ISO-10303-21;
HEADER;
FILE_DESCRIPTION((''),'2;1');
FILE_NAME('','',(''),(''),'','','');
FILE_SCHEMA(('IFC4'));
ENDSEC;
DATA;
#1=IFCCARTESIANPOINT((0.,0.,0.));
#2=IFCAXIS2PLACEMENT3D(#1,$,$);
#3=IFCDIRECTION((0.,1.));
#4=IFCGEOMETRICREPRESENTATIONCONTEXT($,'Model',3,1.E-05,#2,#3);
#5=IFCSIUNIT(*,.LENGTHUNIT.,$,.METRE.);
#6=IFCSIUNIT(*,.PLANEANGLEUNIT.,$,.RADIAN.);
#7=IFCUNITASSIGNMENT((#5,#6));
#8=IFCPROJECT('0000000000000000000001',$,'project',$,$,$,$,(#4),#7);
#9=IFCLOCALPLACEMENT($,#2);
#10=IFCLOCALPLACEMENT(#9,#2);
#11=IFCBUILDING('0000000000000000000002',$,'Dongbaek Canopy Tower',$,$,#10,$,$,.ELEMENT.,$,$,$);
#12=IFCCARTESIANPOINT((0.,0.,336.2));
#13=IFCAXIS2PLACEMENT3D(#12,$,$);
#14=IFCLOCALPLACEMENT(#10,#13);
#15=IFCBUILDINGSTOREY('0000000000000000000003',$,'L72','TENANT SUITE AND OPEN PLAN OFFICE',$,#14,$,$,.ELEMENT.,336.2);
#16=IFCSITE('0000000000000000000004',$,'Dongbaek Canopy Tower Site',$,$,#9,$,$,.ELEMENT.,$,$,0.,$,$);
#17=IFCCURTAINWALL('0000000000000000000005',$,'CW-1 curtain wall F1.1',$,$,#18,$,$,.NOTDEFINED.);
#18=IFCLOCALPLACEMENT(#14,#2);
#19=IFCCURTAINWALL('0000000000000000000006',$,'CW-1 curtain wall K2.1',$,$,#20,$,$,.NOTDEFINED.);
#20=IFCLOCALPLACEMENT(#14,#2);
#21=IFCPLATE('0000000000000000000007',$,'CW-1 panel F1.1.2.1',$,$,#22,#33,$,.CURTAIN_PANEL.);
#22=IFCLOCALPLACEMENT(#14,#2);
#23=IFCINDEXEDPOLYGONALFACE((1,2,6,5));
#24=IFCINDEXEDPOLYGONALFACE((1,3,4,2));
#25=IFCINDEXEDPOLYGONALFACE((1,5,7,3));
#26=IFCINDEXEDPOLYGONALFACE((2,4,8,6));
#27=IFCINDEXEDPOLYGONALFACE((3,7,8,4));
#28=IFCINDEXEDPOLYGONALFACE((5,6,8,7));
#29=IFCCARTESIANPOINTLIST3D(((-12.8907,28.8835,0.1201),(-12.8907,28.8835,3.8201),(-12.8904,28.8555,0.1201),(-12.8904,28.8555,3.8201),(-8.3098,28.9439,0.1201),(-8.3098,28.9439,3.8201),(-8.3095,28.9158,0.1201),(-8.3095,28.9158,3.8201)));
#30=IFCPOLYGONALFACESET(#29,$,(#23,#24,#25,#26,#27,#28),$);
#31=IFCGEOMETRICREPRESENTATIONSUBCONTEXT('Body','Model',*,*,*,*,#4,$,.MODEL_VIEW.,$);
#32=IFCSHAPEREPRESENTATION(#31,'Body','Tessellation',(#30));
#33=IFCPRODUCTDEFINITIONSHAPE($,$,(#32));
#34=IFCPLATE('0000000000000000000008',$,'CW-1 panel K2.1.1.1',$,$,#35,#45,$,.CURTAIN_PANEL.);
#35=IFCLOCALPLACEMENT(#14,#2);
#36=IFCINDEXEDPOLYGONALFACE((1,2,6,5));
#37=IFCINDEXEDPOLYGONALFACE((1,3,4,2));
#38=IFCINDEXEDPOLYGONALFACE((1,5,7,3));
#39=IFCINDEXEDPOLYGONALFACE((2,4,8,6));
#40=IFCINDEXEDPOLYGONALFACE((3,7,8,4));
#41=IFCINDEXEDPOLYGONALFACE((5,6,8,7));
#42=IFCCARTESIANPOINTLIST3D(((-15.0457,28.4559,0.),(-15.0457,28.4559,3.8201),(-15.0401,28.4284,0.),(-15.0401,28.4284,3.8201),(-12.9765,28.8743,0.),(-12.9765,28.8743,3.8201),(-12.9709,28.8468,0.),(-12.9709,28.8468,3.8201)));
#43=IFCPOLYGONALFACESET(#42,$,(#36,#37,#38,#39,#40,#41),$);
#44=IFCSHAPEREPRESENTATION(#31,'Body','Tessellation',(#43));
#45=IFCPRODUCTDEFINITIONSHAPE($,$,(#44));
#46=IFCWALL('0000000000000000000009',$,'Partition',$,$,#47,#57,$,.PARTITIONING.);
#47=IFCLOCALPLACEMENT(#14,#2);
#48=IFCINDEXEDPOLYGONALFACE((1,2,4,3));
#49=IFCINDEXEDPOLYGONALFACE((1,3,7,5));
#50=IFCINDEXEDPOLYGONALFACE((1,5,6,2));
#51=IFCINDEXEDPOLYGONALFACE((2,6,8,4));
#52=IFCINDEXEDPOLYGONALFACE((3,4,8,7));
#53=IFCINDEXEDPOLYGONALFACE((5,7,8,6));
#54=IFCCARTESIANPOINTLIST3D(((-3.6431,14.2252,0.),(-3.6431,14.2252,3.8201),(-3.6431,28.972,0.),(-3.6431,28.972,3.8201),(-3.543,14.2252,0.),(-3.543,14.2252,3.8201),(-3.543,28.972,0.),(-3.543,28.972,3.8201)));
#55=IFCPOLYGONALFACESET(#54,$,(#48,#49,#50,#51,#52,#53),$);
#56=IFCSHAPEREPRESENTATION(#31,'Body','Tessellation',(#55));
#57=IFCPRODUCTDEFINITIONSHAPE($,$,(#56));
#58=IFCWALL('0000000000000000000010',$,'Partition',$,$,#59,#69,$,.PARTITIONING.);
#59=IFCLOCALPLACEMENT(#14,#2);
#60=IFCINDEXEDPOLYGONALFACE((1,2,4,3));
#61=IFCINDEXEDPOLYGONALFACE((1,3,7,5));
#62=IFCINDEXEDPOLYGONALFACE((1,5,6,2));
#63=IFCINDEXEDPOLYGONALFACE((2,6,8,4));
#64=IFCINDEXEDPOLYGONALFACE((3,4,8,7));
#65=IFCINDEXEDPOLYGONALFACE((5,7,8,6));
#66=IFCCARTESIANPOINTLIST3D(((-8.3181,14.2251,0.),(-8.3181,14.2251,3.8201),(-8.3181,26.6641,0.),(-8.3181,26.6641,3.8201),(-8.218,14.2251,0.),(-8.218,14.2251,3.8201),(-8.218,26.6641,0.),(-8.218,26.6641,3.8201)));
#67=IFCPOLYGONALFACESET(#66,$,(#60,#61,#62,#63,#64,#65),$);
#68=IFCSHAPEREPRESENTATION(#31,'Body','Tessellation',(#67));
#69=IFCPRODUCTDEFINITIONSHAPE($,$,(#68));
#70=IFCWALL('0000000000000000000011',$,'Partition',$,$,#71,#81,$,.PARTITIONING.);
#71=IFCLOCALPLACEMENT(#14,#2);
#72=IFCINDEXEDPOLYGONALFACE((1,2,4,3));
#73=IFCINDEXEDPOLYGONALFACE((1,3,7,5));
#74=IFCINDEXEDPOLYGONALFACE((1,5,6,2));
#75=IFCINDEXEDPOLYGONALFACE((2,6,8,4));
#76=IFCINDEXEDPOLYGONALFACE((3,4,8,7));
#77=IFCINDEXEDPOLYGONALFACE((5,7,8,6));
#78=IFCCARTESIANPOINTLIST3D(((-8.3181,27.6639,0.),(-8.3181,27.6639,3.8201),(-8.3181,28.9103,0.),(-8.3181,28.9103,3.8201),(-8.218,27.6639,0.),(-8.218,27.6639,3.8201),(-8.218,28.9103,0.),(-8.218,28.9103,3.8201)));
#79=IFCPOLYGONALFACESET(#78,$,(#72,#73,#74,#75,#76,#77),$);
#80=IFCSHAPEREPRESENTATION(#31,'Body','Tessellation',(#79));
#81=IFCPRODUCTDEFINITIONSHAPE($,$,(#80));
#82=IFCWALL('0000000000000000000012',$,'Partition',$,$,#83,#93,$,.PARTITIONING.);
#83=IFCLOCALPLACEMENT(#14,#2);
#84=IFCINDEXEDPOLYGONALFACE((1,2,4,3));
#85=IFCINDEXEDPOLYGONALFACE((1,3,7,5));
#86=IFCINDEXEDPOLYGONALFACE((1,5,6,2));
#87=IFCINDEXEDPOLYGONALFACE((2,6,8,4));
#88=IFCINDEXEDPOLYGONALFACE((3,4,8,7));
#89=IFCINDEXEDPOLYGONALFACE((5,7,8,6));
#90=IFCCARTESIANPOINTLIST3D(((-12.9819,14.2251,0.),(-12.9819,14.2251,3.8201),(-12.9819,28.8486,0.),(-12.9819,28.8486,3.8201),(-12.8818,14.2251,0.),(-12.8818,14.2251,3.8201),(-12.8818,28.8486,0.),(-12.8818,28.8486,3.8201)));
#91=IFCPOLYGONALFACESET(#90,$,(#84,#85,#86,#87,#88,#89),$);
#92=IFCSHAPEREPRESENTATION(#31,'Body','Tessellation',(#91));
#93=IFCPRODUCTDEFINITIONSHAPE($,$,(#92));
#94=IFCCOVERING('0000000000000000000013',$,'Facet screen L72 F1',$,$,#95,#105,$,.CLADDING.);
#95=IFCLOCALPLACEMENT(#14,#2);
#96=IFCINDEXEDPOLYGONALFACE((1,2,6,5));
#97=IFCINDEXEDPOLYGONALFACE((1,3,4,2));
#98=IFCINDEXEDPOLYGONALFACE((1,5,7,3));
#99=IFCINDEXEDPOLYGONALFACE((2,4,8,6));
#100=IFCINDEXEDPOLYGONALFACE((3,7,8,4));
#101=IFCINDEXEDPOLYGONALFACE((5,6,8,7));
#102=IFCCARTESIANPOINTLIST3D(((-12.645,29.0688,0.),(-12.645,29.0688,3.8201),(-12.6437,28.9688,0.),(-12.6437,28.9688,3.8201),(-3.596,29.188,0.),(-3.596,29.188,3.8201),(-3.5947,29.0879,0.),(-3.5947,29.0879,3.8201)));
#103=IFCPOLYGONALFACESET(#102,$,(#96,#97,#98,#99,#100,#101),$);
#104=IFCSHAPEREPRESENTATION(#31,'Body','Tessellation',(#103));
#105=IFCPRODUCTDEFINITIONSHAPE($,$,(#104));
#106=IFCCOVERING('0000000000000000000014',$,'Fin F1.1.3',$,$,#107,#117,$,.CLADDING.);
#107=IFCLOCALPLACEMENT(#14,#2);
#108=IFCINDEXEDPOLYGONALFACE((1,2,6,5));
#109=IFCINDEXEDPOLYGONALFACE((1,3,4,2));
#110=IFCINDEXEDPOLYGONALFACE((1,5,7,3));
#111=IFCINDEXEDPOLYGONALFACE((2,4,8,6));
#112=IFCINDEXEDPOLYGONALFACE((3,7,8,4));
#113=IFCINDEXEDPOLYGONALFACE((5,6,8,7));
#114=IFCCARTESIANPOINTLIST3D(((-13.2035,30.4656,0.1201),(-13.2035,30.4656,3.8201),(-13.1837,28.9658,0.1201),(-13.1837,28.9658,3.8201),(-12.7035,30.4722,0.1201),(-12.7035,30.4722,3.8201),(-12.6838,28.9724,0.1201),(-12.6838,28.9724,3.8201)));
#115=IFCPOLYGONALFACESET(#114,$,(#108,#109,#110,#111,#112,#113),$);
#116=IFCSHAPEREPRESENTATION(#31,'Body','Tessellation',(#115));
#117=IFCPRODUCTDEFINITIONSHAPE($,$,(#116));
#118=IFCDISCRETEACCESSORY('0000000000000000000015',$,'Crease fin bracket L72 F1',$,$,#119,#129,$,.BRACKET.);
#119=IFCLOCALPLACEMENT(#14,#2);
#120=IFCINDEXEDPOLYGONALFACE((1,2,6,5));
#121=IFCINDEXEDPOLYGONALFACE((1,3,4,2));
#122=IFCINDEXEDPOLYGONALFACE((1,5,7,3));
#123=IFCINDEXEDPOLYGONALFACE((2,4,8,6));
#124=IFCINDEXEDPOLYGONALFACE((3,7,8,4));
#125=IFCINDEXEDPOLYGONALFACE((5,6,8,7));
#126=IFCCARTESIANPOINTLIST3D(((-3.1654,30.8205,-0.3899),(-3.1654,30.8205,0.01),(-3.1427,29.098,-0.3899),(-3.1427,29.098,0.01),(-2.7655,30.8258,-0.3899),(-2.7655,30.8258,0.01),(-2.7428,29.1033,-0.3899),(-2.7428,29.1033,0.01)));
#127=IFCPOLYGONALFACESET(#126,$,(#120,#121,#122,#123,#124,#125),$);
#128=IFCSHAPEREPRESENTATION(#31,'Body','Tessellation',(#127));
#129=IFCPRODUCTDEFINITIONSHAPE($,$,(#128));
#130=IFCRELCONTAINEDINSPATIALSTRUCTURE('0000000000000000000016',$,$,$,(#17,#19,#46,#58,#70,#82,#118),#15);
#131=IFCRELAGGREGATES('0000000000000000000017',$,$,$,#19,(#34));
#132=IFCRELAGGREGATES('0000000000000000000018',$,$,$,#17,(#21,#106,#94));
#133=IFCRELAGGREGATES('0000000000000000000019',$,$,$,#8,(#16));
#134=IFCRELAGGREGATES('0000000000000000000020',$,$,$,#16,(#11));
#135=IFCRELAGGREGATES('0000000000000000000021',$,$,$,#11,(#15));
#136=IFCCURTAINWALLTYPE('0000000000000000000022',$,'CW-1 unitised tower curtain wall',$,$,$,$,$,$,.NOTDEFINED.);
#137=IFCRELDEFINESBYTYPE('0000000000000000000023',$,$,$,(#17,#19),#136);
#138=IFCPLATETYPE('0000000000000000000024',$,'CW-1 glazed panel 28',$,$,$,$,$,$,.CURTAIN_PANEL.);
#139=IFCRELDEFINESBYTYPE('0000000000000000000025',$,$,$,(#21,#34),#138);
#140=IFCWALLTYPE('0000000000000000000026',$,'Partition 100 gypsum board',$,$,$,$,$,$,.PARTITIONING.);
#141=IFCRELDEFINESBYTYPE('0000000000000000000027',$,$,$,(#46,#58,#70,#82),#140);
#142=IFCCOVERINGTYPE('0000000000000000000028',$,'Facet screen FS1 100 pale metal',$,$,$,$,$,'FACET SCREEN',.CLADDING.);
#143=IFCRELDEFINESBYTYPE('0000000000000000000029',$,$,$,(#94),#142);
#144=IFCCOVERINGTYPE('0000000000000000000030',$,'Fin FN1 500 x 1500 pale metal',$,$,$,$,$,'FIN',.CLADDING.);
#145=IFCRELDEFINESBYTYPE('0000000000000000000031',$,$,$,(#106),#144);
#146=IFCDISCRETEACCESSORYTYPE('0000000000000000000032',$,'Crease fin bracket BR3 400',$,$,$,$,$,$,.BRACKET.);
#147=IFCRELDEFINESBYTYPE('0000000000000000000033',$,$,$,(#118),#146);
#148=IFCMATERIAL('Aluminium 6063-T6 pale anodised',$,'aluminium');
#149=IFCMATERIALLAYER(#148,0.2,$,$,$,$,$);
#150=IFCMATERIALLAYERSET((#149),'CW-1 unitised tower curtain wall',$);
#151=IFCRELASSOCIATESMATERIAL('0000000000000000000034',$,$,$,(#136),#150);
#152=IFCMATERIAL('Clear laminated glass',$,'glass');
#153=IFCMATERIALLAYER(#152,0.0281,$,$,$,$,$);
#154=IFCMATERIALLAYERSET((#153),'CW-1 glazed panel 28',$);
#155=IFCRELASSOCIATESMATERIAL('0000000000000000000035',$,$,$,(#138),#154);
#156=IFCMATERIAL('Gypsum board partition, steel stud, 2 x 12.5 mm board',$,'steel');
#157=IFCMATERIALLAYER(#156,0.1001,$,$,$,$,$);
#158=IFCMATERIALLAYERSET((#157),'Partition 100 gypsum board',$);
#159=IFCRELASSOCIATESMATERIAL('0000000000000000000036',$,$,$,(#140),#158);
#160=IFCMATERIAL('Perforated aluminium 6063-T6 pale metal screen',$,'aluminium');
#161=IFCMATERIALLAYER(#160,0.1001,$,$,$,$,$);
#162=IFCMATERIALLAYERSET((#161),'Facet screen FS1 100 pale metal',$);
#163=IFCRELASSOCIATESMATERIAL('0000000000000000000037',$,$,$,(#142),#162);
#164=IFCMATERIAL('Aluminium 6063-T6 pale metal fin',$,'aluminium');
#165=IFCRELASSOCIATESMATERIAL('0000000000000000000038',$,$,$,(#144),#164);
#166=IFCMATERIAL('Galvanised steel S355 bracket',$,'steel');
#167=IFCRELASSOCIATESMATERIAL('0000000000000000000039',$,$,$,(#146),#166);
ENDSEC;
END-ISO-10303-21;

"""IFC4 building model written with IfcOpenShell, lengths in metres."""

from ifc_helpers import new_model, si_unit, direction, frame, frame_2d, origin, origin_2d, place, context, subcontext, project, spatial, rectangle, extrude, material, layer, layer_set, material_profile, profile_set, type_object, element, aggregate, save


model = new_model("IFC4")

# Units and contexts
model_context = context("Model", 3, precision=1e-05, world=origin(), true_north=direction((0.0, 1.0)))
body_context = subcontext(model_context, "Body", "Model", "MODEL_VIEW")
ifc_project = project(units=[si_unit("LENGTHUNIT", "METRE"), si_unit("PLANEANGLEUNIT", "RADIAN")], contexts=[model_context])

# Site, building, storey
site_placement = place(None, origin())
site = spatial("IfcSite", under=ifc_project, at=site_placement, Name="Dongbaek Canopy Tower Site", CompositionType="ELEMENT", RefElevation=0.0)
building_placement = place(site_placement, origin())
building = spatial("IfcBuilding", under=site, at=building_placement, Name="Dongbaek Canopy Tower", CompositionType="ELEMENT")
storey_placement = place(building_placement, frame((0.0, 0.0, 336.2)))
storey = spatial("IfcBuildingStorey", under=building, at=storey_placement, Name="L72", Description="TENANT SUITE AND OPEN PLAN OFFICE", CompositionType="ELEMENT", Elevation=336.2)

# Curtain wall
ifc_material_1 = material(Name="Aluminium 6063-T6 pale anodised", Category="aluminium")
ifc_layer_1 = layer(ifc_material_1, 0.2)
ifc_layer_set_1 = layer_set([ifc_layer_1], Name="CW-1 unitised tower curtain wall")
curtain_wall_type = type_object("IfcCurtainWallType", Name="CW-1 unitised tower curtain wall", PredefinedType="NOTDEFINED", material=ifc_layer_set_1)
curtain_wall_1_placement = place(storey_placement, origin())
curtain_wall_1 = element("IfcCurtainWall", 1, at=curtain_wall_1_placement, inside=storey, type_object=curtain_wall_type, Name="CW-1 curtain wall F1.1", PredefinedType="NOTDEFINED")

# Curtain wall
curtain_wall_2_placement = place(storey_placement, origin())
curtain_wall_2 = element("IfcCurtainWall", 2, at=curtain_wall_2_placement, inside=storey, type_object=curtain_wall_type, Name="CW-1 curtain wall K2.1", PredefinedType="NOTDEFINED")

# Plates
ifc_material_2 = material(Name="Clear laminated glass", Category="glass")
ifc_layer_2 = layer(ifc_material_2, 0.0281)
ifc_layer_set_2 = layer_set([ifc_layer_2], Name="CW-1 glazed panel 28")
plate_type = type_object("IfcPlateType", Name="CW-1 glazed panel 28", PredefinedType="CURTAIN_PANEL", material=ifc_layer_set_2)
plate_1_placement = place(storey_placement, frame((-10.6001, 28.8997, 0.1201), z_axis=(0.0, 0.0, 1.0), x_axis=(-0.999913, -0.013165, 0.0)))
plate_1 = element("IfcPlate", 3, at=plate_1_placement, type_object=plate_type, Name="CW-1 panel F1.1.2.1", PredefinedType="CURTAIN_PANEL", context=body_context, shape_type="SweptSolid", body=[
    extrude(rectangle(XDim=4.5813, YDim=0.0281, at=origin_2d()), origin(), (0.0, 0.0, 1.0), 3.7),
])
plate_2_placement = place(storey_placement, frame((-14.0083, 28.6514, 0.0), z_axis=(0.0, 0.0, 1.0), x_axis=(-0.980162, -0.198197, 0.0)))
plate_2 = element("IfcPlate", 4, at=plate_2_placement, type_object=plate_type, Name="CW-1 panel K2.1.1.1", PredefinedType="CURTAIN_PANEL", context=body_context, shape_type="SweptSolid", body=[
    extrude(rectangle(XDim=2.1111, YDim=0.0281, at=origin_2d()), origin(), (0.0, 0.0, 1.0), 3.8201),
])
aggregate(curtain_wall_2, [plate_2])

# Walls
ifc_material_3 = material(Name="Gypsum board partition, steel stud, 2 x 12.5 mm board", Category="steel")
ifc_layer_3 = layer(ifc_material_3, 0.1001)
ifc_layer_set_3 = layer_set([ifc_layer_3], Name="Partition 100 gypsum board")
wall_type = type_object("IfcWallType", Name="Partition 100 gypsum board", PredefinedType="PARTITIONING", material=ifc_layer_set_3)
wall_1_placement = place(storey_placement, frame((-3.593, 14.2251, 0.0), z_axis=(0.0, 0.0, 1.0), x_axis=(0.0, 1.0, 0.0)))
element("IfcWall", 5, at=wall_1_placement, inside=storey, type_object=wall_type, Name="Partition", PredefinedType="PARTITIONING", context=body_context, shape_type="SweptSolid", body=[
    extrude(rectangle(XDim=14.7468, YDim=0.1001, at=frame_2d((7.3735, 0.0))), origin(), (0.0, 0.0, 1.0), 3.8201),
])
wall_2_placement = place(storey_placement, frame((-8.2681, 14.2251, 0.0), z_axis=(0.0, 0.0, 1.0), x_axis=(0.0, 1.0, 0.0)))
element("IfcWall", 6, at=wall_2_placement, inside=storey, type_object=wall_type, Name="Partition", PredefinedType="PARTITIONING", context=body_context, shape_type="SweptSolid", body=[
    extrude(rectangle(XDim=12.439, YDim=0.1001, at=frame_2d((6.2195, 0.0))), origin(), (0.0, 0.0, 1.0), 3.8201),
])
wall_3_placement = place(storey_placement, frame((-8.2681, 27.6641, 0.0), z_axis=(0.0, 0.0, 1.0), x_axis=(0.0, 1.0, 0.0)))
element("IfcWall", 7, at=wall_3_placement, inside=storey, type_object=wall_type, Name="Partition", PredefinedType="PARTITIONING", context=body_context, shape_type="SweptSolid", body=[
    extrude(rectangle(XDim=1.2463, YDim=0.1001, at=frame_2d((0.623, 0.0))), origin(), (0.0, 0.0, 1.0), 3.8201),
])
wall_4_placement = place(storey_placement, frame((-12.9319, 14.2251, 0.0), z_axis=(0.0, 0.0, 1.0), x_axis=(0.0, 1.0, 0.0)))
element("IfcWall", 8, at=wall_4_placement, inside=storey, type_object=wall_type, Name="Partition", PredefinedType="PARTITIONING", context=body_context, shape_type="SweptSolid", body=[
    extrude(rectangle(XDim=14.6235, YDim=0.1001, at=frame_2d((7.3118, 0.0))), origin(), (0.0, 0.0, 1.0), 3.8201),
])

# Coverings
ifc_material_4 = material(Name="Perforated aluminium 6063-T6 pale metal screen", Category="aluminium")
ifc_layer_4 = layer(ifc_material_4, 0.1001)
ifc_layer_set_4 = layer_set([ifc_layer_4], Name="Facet screen FS1 100 pale metal")
covering_type_1 = type_object("IfcCoveringType", Name="Facet screen FS1 100 pale metal", ElementType="FACET SCREEN", PredefinedType="CLADDING", material=ifc_layer_set_4)
covering_1_placement = place(storey_placement, frame((-8.1199, 29.0784, 0.0), z_axis=(0.0, 0.0, 1.0), x_axis=(-0.999913, -0.013165, 0.0)))
covering_1 = element("IfcCovering", 9, at=covering_1_placement, type_object=covering_type_1, Name="Facet screen L72 F1", PredefinedType="CLADDING", context=body_context, shape_type="SweptSolid", body=[
    extrude(rectangle(XDim=9.0498, YDim=0.1001, at=origin_2d()), origin(), (0.0, 0.0, 1.0), 3.8201),
])
ifc_material_5 = material(Name="Aluminium 6063-T6 pale metal fin", Category="aluminium")
ifc_material_profile_1 = material_profile(ifc_material_5, rectangle(XDim=1.5, YDim=0.5, at=origin_2d()), Name="Fin FN1 500 x 1500 pale metal")
ifc_profile_set_1 = profile_set([ifc_material_profile_1], Name="Aluminium 6063-T6 pale metal fin")
covering_type_2 = type_object("IfcCoveringType", Name="Fin FN1 500 x 1500 pale metal", ElementType="FIN", PredefinedType="CLADDING", material=ifc_profile_set_1)
covering_2_placement = place(storey_placement, frame((-12.9436, 29.719, 0.1201), z_axis=(0.0, 0.0, 1.0), x_axis=(-0.013165, 0.999913, 0.0)))
covering_2 = element("IfcCovering", 10, at=covering_2_placement, type_object=covering_type_2, Name="Fin F1.1.3", PredefinedType="CLADDING", context=body_context, shape_type="SweptSolid", body=[
    extrude(rectangle(XDim=1.5, YDim=0.5, at=origin_2d()), origin(), (0.0, 0.0, 1.0), 3.7),
])
aggregate(curtain_wall_1, [plate_1, covering_2, covering_1])

# Discrete accessory
ifc_material_6 = material(Name="Galvanised steel S355 bracket", Category="steel")
discrete_accessory_type = type_object("IfcDiscreteAccessoryType", Name="Crease fin bracket BR3 400", PredefinedType="BRACKET", material=ifc_material_6)
discrete_accessory_placement = place(storey_placement, frame((-2.9541, 29.9619, -0.3899), z_axis=(0.0, 0.0, 1.0), x_axis=(-0.013165, 0.999913, 0.0)))
element("IfcDiscreteAccessory", 11, at=discrete_accessory_placement, inside=storey, type_object=discrete_accessory_type, Name="Crease fin bracket L72 F1", PredefinedType="BRACKET", context=body_context, shape_type="SweptSolid", body=[
    extrude(rectangle(XDim=1.7227, YDim=0.3999, at=origin_2d()), origin(), (0.0, 0.0, 1.0), 0.3999),
])

save(model, "model.ifc")
